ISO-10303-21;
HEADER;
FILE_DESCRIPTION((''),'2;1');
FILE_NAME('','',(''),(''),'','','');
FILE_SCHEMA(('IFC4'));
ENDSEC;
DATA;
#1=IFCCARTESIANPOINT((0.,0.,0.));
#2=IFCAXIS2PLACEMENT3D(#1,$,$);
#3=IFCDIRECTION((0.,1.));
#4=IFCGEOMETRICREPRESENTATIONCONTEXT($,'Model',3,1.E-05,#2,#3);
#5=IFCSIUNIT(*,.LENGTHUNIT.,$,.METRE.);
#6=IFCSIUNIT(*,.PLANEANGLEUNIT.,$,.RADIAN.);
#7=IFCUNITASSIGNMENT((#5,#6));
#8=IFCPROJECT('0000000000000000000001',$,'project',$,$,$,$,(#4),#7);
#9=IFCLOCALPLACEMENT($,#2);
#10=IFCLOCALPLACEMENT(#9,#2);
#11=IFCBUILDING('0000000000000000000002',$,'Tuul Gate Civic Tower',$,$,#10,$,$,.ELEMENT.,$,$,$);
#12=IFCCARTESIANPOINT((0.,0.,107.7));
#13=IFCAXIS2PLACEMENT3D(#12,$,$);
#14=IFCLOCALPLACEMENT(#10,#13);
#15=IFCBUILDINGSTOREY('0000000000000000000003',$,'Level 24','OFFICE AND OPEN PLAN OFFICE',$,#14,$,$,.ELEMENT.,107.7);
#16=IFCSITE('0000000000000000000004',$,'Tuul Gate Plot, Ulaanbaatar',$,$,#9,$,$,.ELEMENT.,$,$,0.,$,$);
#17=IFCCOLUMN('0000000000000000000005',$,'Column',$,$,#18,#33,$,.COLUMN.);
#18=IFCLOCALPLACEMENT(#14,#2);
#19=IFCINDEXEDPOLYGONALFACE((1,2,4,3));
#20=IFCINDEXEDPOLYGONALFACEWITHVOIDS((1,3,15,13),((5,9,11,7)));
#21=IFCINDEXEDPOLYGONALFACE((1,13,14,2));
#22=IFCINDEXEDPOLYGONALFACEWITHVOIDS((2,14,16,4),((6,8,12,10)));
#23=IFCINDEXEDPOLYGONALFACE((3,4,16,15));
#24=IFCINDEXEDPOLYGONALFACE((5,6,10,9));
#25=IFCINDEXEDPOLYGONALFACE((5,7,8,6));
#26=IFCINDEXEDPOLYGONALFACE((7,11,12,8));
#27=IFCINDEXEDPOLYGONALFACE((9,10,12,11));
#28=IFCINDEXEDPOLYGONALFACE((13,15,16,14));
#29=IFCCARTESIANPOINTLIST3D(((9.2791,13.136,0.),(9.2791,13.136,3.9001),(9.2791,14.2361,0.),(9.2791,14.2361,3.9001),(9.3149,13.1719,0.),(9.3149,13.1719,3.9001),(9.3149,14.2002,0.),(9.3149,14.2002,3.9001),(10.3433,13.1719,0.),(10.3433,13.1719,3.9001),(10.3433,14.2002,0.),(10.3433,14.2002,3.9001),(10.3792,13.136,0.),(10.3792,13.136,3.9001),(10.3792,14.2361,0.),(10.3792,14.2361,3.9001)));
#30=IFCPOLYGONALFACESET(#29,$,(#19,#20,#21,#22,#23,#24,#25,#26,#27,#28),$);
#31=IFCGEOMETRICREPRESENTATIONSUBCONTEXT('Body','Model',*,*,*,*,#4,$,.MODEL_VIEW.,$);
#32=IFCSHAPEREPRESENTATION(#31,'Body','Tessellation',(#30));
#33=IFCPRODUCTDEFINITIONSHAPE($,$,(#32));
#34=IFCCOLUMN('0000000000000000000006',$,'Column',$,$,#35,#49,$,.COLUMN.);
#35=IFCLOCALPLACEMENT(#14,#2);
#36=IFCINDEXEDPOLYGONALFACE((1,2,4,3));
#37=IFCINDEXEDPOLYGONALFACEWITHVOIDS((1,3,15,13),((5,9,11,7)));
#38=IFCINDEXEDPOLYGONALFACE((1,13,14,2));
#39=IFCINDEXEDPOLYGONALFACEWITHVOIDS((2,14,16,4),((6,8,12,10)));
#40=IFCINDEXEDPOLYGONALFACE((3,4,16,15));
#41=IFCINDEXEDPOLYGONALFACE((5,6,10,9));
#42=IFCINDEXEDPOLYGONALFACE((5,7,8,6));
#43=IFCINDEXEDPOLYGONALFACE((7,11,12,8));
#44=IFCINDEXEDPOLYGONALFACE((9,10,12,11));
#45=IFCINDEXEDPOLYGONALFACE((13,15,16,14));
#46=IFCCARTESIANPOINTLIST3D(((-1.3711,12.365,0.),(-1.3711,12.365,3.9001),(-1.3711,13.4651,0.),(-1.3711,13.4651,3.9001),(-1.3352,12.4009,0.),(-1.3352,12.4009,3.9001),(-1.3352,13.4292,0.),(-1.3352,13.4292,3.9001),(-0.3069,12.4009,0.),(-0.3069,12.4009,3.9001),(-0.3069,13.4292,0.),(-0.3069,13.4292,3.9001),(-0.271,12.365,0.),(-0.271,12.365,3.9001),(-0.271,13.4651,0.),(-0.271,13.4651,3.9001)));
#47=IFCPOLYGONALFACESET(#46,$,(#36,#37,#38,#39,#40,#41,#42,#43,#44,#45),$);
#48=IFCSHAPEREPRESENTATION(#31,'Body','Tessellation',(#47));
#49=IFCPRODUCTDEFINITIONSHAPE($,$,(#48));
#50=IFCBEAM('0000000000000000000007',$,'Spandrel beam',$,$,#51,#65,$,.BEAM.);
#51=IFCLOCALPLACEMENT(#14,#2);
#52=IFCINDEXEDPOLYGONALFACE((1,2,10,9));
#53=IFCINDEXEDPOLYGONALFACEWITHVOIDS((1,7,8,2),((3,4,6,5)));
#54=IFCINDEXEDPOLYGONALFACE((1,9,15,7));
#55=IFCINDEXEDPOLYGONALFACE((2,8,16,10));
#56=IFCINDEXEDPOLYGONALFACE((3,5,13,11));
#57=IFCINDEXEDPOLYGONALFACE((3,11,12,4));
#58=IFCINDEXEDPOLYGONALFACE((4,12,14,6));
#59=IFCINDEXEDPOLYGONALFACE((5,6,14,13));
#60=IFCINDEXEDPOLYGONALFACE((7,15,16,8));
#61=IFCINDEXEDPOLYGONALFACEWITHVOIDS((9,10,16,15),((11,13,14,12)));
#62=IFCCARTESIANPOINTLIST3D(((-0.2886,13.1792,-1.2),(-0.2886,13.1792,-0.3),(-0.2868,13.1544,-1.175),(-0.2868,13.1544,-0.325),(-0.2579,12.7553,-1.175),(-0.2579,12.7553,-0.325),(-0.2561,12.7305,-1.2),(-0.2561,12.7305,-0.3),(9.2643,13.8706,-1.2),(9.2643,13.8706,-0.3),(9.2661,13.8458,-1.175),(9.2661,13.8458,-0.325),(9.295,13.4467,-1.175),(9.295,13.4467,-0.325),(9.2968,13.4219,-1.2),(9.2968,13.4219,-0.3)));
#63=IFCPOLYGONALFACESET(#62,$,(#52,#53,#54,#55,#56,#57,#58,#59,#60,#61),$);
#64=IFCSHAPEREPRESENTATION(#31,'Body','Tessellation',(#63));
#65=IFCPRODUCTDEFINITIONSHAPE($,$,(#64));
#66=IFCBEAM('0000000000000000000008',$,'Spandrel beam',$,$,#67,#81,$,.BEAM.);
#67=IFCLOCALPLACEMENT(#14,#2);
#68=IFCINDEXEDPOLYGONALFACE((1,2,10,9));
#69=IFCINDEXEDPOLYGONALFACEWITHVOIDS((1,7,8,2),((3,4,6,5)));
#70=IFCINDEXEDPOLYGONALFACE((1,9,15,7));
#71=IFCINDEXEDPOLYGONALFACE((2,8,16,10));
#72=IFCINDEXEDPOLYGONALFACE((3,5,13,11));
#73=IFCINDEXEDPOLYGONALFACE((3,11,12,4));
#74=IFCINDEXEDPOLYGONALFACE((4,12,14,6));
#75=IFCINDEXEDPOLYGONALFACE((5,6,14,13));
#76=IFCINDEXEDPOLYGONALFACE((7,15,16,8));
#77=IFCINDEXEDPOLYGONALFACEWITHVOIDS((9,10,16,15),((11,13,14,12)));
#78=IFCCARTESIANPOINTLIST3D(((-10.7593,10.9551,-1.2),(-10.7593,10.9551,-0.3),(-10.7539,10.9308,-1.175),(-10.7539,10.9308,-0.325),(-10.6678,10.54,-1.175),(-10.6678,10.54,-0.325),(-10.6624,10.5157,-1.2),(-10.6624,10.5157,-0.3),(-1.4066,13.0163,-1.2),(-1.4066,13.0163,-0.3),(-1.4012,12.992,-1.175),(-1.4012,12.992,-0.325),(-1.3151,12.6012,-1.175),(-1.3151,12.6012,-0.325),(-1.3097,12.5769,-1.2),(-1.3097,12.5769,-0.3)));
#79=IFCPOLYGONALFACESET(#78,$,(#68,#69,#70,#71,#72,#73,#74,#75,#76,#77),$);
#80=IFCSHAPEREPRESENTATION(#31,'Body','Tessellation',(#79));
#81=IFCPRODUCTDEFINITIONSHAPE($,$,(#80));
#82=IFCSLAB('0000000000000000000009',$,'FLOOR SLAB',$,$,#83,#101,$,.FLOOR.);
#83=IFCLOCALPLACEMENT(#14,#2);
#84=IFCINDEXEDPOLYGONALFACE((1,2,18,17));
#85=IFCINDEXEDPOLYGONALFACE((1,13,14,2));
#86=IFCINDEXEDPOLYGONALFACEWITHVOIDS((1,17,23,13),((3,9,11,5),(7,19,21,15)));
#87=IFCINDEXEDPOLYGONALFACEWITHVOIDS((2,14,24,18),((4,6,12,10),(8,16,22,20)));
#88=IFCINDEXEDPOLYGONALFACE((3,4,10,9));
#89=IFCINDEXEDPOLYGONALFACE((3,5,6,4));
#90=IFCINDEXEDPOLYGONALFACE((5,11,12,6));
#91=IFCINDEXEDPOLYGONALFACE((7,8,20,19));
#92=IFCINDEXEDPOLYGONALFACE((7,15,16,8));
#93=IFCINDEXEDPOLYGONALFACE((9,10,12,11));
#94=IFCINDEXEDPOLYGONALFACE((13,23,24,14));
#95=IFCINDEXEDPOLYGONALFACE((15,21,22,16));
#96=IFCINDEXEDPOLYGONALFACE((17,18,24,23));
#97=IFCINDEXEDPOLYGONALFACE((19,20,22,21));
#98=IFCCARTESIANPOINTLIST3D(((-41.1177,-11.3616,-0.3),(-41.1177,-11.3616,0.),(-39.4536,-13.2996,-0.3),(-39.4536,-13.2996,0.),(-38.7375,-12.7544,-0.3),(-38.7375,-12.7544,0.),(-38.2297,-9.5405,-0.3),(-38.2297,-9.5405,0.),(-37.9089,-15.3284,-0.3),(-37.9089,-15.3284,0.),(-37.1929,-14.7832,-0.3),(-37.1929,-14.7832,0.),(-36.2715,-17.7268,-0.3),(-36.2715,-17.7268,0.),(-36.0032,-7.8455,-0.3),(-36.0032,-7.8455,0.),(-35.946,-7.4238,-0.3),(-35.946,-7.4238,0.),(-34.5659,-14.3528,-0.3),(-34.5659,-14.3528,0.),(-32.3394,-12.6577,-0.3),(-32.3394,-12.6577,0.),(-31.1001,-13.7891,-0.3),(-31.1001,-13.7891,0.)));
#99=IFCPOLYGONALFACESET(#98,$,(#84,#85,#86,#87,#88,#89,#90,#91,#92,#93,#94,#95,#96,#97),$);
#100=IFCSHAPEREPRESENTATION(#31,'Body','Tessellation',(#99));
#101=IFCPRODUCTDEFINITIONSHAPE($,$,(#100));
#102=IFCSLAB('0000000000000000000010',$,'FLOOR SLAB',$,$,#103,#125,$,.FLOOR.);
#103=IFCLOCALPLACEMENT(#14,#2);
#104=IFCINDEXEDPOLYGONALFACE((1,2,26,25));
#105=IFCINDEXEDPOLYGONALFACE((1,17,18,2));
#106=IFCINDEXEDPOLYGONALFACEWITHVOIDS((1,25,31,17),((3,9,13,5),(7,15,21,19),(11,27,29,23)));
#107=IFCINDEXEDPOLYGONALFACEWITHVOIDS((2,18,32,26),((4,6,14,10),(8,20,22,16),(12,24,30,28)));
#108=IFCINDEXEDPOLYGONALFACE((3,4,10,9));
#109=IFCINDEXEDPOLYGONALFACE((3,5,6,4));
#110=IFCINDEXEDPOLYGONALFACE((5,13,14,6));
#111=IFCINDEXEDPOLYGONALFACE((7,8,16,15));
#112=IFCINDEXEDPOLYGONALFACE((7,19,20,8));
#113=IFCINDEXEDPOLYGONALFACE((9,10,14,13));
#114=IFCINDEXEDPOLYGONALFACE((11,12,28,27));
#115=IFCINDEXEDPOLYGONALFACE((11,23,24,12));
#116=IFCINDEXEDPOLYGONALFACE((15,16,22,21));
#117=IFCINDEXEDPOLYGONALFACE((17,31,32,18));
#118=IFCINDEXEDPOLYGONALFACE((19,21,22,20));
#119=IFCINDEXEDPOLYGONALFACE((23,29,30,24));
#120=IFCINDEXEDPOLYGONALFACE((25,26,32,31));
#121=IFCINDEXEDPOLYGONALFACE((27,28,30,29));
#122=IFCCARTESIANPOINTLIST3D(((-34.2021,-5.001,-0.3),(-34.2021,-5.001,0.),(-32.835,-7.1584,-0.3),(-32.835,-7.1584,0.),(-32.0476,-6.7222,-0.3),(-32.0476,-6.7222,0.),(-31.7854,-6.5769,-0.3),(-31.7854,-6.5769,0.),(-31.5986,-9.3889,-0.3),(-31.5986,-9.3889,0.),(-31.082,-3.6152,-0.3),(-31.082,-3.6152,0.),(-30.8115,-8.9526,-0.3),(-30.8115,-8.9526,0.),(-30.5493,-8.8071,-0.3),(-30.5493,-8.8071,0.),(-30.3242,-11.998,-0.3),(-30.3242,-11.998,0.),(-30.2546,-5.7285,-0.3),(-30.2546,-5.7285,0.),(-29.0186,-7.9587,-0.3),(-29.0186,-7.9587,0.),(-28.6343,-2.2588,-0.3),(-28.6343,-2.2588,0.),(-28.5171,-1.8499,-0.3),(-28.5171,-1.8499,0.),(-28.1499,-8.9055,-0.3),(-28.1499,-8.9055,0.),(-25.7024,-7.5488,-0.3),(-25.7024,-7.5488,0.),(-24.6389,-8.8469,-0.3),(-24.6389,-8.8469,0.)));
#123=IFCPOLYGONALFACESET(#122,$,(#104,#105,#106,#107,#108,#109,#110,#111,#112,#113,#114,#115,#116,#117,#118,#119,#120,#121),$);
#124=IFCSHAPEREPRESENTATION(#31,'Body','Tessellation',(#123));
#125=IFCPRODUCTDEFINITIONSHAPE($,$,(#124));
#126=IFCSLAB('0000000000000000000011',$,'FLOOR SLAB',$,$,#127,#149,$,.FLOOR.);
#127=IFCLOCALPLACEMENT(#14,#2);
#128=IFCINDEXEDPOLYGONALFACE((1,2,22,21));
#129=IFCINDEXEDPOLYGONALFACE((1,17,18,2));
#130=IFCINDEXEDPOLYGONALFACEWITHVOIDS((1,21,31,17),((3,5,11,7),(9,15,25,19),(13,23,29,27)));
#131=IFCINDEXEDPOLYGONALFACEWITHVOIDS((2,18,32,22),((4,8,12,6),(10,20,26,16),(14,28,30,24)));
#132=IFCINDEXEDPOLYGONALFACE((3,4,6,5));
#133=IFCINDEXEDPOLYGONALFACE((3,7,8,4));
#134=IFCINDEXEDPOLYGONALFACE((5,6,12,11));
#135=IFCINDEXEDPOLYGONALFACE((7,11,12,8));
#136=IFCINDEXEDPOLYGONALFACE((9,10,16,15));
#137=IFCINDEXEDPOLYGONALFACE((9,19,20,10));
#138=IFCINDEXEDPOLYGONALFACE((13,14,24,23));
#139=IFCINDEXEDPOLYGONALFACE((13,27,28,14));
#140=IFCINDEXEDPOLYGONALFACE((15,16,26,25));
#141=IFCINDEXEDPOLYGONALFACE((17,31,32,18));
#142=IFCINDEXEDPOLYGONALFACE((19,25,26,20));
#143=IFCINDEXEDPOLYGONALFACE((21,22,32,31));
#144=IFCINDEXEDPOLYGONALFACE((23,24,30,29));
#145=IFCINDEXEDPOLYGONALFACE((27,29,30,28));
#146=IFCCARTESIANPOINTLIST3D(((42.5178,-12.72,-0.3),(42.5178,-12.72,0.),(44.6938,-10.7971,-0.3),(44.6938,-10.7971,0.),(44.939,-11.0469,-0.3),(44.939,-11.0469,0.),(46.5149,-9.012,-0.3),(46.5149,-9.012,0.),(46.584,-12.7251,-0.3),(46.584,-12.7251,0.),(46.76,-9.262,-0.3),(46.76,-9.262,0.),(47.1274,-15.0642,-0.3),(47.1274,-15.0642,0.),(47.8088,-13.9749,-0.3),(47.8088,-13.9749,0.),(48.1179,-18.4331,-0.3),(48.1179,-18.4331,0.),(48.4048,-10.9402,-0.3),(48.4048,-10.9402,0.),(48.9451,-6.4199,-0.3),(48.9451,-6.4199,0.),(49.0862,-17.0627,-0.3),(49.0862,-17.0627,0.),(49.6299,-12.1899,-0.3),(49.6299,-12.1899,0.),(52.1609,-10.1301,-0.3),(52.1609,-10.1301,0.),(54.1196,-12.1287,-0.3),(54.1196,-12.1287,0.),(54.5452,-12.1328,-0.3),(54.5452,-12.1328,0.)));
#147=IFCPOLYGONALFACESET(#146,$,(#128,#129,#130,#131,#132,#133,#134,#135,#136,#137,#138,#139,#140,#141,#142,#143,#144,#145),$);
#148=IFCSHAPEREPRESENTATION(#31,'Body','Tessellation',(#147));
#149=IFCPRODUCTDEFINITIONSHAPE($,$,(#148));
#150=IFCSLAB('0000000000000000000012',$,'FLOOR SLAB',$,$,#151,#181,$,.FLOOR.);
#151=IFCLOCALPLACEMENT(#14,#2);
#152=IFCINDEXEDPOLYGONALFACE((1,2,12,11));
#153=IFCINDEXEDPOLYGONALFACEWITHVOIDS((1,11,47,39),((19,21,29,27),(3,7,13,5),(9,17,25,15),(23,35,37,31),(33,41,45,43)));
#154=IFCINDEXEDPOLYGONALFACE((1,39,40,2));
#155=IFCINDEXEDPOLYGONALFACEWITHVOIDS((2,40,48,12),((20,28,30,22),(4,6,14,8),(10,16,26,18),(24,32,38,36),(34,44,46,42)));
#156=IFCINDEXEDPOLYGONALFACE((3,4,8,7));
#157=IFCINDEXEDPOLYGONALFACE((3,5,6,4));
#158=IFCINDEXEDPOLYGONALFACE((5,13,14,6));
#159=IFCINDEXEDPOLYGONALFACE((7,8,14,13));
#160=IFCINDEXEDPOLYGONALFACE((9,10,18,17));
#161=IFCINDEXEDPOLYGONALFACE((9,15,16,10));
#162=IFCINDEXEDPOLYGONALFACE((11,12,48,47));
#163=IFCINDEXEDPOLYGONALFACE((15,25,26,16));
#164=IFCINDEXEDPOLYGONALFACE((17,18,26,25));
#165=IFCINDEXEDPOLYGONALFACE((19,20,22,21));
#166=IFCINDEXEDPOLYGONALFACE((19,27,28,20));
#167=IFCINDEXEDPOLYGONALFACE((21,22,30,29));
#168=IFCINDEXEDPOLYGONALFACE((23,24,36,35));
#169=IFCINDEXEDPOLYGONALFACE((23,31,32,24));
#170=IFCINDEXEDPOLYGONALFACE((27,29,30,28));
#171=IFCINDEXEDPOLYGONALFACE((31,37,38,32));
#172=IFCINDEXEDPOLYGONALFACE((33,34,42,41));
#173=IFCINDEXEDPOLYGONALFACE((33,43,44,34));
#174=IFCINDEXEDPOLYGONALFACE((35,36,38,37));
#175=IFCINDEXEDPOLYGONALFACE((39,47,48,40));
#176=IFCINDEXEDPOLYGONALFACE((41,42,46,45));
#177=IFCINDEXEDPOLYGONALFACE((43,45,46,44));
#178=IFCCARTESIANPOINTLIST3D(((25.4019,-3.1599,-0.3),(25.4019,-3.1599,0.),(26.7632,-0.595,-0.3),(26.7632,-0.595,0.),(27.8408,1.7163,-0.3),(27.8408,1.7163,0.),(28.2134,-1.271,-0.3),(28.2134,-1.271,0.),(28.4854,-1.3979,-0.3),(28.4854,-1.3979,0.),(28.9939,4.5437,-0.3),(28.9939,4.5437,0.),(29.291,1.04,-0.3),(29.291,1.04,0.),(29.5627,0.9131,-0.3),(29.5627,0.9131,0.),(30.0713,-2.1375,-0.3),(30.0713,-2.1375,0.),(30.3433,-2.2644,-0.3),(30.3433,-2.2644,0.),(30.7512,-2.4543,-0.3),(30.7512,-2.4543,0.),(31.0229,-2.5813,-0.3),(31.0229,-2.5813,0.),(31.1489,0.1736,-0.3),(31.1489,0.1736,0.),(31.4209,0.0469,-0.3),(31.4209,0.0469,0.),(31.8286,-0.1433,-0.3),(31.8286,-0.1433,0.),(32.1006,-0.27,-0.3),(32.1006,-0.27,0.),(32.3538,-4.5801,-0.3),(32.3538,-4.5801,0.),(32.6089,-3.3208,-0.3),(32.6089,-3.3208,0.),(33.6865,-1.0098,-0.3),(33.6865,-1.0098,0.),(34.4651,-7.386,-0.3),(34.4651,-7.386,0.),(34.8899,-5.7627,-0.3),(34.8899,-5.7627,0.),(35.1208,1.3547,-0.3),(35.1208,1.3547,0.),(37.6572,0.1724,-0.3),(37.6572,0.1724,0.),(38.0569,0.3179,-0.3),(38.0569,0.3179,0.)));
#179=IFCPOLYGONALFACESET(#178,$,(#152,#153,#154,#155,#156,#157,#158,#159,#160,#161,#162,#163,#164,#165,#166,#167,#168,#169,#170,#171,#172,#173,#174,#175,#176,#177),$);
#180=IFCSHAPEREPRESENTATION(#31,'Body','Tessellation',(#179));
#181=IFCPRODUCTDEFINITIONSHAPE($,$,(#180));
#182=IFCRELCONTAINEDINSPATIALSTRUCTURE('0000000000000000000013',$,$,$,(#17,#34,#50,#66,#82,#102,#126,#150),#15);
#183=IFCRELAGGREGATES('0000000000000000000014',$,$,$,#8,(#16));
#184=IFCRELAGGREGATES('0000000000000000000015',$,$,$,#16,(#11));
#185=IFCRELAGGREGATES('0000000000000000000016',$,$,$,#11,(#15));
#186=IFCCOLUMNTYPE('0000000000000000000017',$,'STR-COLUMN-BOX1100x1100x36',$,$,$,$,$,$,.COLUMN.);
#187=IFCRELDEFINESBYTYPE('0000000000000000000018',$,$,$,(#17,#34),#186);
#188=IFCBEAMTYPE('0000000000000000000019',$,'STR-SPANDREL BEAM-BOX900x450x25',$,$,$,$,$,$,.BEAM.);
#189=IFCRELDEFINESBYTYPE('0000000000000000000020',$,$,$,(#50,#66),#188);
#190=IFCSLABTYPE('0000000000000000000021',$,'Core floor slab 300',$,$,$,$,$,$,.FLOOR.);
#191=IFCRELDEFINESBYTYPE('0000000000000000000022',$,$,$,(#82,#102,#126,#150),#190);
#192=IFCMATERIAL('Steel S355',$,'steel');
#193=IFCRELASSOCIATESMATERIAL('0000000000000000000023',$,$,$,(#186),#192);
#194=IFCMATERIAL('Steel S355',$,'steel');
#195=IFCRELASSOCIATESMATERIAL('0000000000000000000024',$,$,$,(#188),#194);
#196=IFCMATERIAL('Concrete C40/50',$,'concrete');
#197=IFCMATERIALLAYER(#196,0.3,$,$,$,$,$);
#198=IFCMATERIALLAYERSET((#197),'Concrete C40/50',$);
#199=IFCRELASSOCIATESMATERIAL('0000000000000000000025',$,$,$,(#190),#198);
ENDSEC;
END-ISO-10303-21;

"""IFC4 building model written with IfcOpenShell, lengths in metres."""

from ifc_helpers import new_model, si_unit, direction, frame, origin, origin_2d, place, context, subcontext, project, spatial, polyline, hollow_rectangle, outline, extrude, material, layer, layer_set, material_profile, profile_set, type_object, element, save


model = new_model("IFC4")

# Units and contexts
model_context = context("Model", 3, precision=1e-05, world=origin(), true_north=direction((0.0, 1.0)))
body_context = subcontext(model_context, "Body", "Model", "MODEL_VIEW")
ifc_project = project(units=[si_unit("LENGTHUNIT", "METRE"), si_unit("PLANEANGLEUNIT", "RADIAN")], contexts=[model_context])

# Site, building, storey
site_placement = place(None, origin())
site = spatial("IfcSite", under=ifc_project, at=site_placement, Name="Tuul Gate Plot, Ulaanbaatar", CompositionType="ELEMENT", RefElevation=0.0)
building_placement = place(site_placement, origin())
building = spatial("IfcBuilding", under=site, at=building_placement, Name="Tuul Gate Civic Tower", CompositionType="ELEMENT")
storey_placement = place(building_placement, frame((0.0, 0.0, 107.7)))
storey = spatial("IfcBuildingStorey", under=building, at=storey_placement, Name="Level 24", Description="OFFICE AND OPEN PLAN OFFICE", CompositionType="ELEMENT", Elevation=107.7)

# Columns
ifc_material_1 = material(Name="Steel S355", Category="steel")
ifc_material_profile_1 = material_profile(ifc_material_1, hollow_rectangle(XDim=1.1001, YDim=1.1001, WallThickness=0.0359, at=origin_2d()), Name="BOX1100x1100x36")
ifc_profile_set_1 = profile_set([ifc_material_profile_1], Name="Steel S355")
column_type = type_object("IfcColumnType", Name="STR-COLUMN-BOX1100x1100x36", PredefinedType="COLUMN", material=ifc_profile_set_1)
for number, where, z_axis, x_axis, name in (
    (1, (9.8291, 13.686, 0.0), (0.0, 0.0, 1.0), (1.0, 0.0, 0.0), "Column"),
    (2, (-0.821, 12.915, 0.0), (0.0, 0.0, 1.0), (1.0, 0.0, 0.0), "Column"),
):
    element("IfcColumn", number, at=place(storey_placement, frame(where, z_axis=z_axis, x_axis=x_axis)), inside=storey, type_object=column_type, Name=name, PredefinedType="COLUMN", context=body_context, shape_type="SweptSolid", body=[
        extrude(hollow_rectangle(XDim=1.1001, YDim=1.1001, WallThickness=0.0359, at=origin_2d()), origin(), (0.0, 0.0, 1.0), 3.9001),
    ])

# Beams
ifc_material_2 = material(Name="Steel S355", Category="steel")
ifc_material_profile_2 = material_profile(ifc_material_2, hollow_rectangle(XDim=0.45, YDim=0.8999, WallThickness=0.0249, at=origin_2d()), Name="BOX900x450x25")
ifc_profile_set_2 = profile_set([ifc_material_profile_2], Name="Steel S355")
beam_type = type_object("IfcBeamType", Name="STR-SPANDREL BEAM-BOX900x450x25", PredefinedType="BEAM", material=ifc_profile_set_2)
beam_1_placement = place(storey_placement, frame((9.2805, 13.6462, -0.75), z_axis=(-0.997391, -0.072187, 0.0), x_axis=(0.072187, -0.997391, 0.0)))
element("IfcBeam", 3, at=beam_1_placement, inside=storey, type_object=beam_type, Name="Spandrel beam", PredefinedType="BEAM", context=body_context, shape_type="SweptSolid", body=[
    extrude(hollow_rectangle(XDim=0.45, YDim=0.8999, WallThickness=0.0249, at=origin_2d()), origin(), (0.0, 0.0, 1.0), 9.5779),
])
beam_2_placement = place(storey_placement, frame((-1.3582, 12.7966, -0.75), z_axis=(-0.976564, -0.215227, 0.0), x_axis=(0.215227, -0.976564, 0.0)))
element("IfcBeam", 4, at=beam_2_placement, inside=storey, type_object=beam_type, Name="Spandrel beam", PredefinedType="BEAM", context=body_context, shape_type="SweptSolid", body=[
    extrude(hollow_rectangle(XDim=0.45, YDim=0.8999, WallThickness=0.0249, at=origin_2d()), origin(), (0.0, 0.0, 1.0), 9.5771),
])

# Slabs
ifc_material_3 = material(Name="Concrete C40/50", Category="concrete")
ifc_layer_1 = layer(ifc_material_3, 0.3)
ifc_layer_set_1 = layer_set([ifc_layer_1], Name="Concrete C40/50")
slab_type_1 = type_object("IfcSlabType", Name="Core floor slab 300", PredefinedType="FLOOR", material=ifc_layer_set_1)
slab_1_placement = place(storey_placement, frame((0.0, 0.0, -0.3)))
element("IfcSlab", 5, at=slab_1_placement, inside=storey, type_object=slab_type_1, Name="FLOOR SLAB", PredefinedType="FLOOR", context=body_context, shape_type="SweptSolid", body=[
    extrude(outline(polyline([(-31.1001, -13.7891), (-35.946, -7.4238), (-41.1177, -11.3616), (-36.2715, -17.7268), (-31.1001, -13.7891)]), holes=[polyline([(-37.1929, -14.7832), (-38.7375, -12.7544), (-39.4536, -13.2996), (-37.9089, -15.3284), (-37.1929, -14.7832)]), polyline([(-32.3394, -12.6577), (-34.5659, -14.3528), (-38.2297, -9.5405), (-36.0032, -7.8455), (-32.3394, -12.6577)])]), origin(), (0.0, 0.0, 1.0), 0.3),
])
slab_2_placement = place(storey_placement, frame((0.0, 0.0, -0.3)))
element("IfcSlab", 6, at=slab_2_placement, inside=storey, type_object=slab_type_1, Name="FLOOR SLAB", PredefinedType="FLOOR", context=body_context, shape_type="SweptSolid", body=[
    extrude(outline(polyline([(-24.6389, -8.8469), (-28.5171, -1.8499), (-34.2021, -5.001), (-30.3242, -11.998), (-24.6389, -8.8469)]), holes=[polyline([(-29.0186, -7.9587), (-30.2546, -5.7285), (-31.7854, -6.5769), (-30.5493, -8.8071), (-29.0186, -7.9587)]), polyline([(-30.8115, -8.9526), (-32.0476, -6.7222), (-32.835, -7.1584), (-31.5986, -9.3889), (-30.8115, -8.9526)]), polyline([(-25.7024, -7.5488), (-28.1499, -8.9055), (-31.082, -3.6152), (-28.6343, -2.2588), (-25.7024, -7.5488)])]), origin(), (0.0, 0.0, 1.0), 0.3),
])
slab_3_placement = place(storey_placement, frame((0.0, 0.0, -0.3)))
element("IfcSlab", 7, at=slab_3_placement, inside=storey, type_object=slab_type_1, Name="FLOOR SLAB", PredefinedType="FLOOR", context=body_context, shape_type="SweptSolid", body=[
    extrude(outline(polyline([(48.1179, -18.4331), (54.5452, -12.1328), (48.9451, -6.4199), (42.5178, -12.72), (48.1179, -18.4331)]), holes=[polyline([(47.8088, -13.9749), (49.6299, -12.1899), (48.4048, -10.9402), (46.584, -12.7251), (47.8088, -13.9749)]), polyline([(44.939, -11.0469), (46.76, -9.262), (46.5149, -9.012), (44.6938, -10.7971), (44.939, -11.0469)]), polyline([(49.0862, -17.0627), (47.1274, -15.0642), (52.1609, -10.1301), (54.1196, -12.1287), (49.0862, -17.0627)])]), origin(), (0.0, 0.0, 1.0), 0.3),
])
slab_4_placement = place(storey_placement, frame((0.0, 0.0, -0.3)))
element("IfcSlab", 8, at=slab_4_placement, inside=storey, type_object=slab_type_1, Name="FLOOR SLAB", PredefinedType="FLOOR", context=body_context, shape_type="SweptSolid", body=[
    extrude(outline(polyline([(34.4651, -7.386), (38.0569, 0.3179), (28.9939, 4.5437), (25.4019, -3.1599), (34.4651, -7.386)]), holes=[polyline([(32.6089, -3.3208), (33.6865, -1.0098), (32.1006, -0.27), (31.0229, -2.5813), (32.6089, -3.3208)]), polyline([(30.0713, -2.1375), (31.1489, 0.1736), (29.5627, 0.9131), (28.4854, -1.3979), (30.0713, -2.1375)]), polyline([(30.7512, -2.4543), (31.8286, -0.1433), (31.4209, 0.0469), (30.3433, -2.2644), (30.7512, -2.4543)]), polyline([(28.2134, -1.271), (29.291, 1.04), (27.8408, 1.7163), (26.7632, -0.595), (28.2134, -1.271)]), polyline([(34.8899, -5.7627), (32.3538, -4.5801), (35.1208, 1.3547), (37.6572, 0.1724), (34.8899, -5.7627)])]), origin(), (0.0, 0.0, 1.0), 0.3),
])

save(model, "model.ifc")
